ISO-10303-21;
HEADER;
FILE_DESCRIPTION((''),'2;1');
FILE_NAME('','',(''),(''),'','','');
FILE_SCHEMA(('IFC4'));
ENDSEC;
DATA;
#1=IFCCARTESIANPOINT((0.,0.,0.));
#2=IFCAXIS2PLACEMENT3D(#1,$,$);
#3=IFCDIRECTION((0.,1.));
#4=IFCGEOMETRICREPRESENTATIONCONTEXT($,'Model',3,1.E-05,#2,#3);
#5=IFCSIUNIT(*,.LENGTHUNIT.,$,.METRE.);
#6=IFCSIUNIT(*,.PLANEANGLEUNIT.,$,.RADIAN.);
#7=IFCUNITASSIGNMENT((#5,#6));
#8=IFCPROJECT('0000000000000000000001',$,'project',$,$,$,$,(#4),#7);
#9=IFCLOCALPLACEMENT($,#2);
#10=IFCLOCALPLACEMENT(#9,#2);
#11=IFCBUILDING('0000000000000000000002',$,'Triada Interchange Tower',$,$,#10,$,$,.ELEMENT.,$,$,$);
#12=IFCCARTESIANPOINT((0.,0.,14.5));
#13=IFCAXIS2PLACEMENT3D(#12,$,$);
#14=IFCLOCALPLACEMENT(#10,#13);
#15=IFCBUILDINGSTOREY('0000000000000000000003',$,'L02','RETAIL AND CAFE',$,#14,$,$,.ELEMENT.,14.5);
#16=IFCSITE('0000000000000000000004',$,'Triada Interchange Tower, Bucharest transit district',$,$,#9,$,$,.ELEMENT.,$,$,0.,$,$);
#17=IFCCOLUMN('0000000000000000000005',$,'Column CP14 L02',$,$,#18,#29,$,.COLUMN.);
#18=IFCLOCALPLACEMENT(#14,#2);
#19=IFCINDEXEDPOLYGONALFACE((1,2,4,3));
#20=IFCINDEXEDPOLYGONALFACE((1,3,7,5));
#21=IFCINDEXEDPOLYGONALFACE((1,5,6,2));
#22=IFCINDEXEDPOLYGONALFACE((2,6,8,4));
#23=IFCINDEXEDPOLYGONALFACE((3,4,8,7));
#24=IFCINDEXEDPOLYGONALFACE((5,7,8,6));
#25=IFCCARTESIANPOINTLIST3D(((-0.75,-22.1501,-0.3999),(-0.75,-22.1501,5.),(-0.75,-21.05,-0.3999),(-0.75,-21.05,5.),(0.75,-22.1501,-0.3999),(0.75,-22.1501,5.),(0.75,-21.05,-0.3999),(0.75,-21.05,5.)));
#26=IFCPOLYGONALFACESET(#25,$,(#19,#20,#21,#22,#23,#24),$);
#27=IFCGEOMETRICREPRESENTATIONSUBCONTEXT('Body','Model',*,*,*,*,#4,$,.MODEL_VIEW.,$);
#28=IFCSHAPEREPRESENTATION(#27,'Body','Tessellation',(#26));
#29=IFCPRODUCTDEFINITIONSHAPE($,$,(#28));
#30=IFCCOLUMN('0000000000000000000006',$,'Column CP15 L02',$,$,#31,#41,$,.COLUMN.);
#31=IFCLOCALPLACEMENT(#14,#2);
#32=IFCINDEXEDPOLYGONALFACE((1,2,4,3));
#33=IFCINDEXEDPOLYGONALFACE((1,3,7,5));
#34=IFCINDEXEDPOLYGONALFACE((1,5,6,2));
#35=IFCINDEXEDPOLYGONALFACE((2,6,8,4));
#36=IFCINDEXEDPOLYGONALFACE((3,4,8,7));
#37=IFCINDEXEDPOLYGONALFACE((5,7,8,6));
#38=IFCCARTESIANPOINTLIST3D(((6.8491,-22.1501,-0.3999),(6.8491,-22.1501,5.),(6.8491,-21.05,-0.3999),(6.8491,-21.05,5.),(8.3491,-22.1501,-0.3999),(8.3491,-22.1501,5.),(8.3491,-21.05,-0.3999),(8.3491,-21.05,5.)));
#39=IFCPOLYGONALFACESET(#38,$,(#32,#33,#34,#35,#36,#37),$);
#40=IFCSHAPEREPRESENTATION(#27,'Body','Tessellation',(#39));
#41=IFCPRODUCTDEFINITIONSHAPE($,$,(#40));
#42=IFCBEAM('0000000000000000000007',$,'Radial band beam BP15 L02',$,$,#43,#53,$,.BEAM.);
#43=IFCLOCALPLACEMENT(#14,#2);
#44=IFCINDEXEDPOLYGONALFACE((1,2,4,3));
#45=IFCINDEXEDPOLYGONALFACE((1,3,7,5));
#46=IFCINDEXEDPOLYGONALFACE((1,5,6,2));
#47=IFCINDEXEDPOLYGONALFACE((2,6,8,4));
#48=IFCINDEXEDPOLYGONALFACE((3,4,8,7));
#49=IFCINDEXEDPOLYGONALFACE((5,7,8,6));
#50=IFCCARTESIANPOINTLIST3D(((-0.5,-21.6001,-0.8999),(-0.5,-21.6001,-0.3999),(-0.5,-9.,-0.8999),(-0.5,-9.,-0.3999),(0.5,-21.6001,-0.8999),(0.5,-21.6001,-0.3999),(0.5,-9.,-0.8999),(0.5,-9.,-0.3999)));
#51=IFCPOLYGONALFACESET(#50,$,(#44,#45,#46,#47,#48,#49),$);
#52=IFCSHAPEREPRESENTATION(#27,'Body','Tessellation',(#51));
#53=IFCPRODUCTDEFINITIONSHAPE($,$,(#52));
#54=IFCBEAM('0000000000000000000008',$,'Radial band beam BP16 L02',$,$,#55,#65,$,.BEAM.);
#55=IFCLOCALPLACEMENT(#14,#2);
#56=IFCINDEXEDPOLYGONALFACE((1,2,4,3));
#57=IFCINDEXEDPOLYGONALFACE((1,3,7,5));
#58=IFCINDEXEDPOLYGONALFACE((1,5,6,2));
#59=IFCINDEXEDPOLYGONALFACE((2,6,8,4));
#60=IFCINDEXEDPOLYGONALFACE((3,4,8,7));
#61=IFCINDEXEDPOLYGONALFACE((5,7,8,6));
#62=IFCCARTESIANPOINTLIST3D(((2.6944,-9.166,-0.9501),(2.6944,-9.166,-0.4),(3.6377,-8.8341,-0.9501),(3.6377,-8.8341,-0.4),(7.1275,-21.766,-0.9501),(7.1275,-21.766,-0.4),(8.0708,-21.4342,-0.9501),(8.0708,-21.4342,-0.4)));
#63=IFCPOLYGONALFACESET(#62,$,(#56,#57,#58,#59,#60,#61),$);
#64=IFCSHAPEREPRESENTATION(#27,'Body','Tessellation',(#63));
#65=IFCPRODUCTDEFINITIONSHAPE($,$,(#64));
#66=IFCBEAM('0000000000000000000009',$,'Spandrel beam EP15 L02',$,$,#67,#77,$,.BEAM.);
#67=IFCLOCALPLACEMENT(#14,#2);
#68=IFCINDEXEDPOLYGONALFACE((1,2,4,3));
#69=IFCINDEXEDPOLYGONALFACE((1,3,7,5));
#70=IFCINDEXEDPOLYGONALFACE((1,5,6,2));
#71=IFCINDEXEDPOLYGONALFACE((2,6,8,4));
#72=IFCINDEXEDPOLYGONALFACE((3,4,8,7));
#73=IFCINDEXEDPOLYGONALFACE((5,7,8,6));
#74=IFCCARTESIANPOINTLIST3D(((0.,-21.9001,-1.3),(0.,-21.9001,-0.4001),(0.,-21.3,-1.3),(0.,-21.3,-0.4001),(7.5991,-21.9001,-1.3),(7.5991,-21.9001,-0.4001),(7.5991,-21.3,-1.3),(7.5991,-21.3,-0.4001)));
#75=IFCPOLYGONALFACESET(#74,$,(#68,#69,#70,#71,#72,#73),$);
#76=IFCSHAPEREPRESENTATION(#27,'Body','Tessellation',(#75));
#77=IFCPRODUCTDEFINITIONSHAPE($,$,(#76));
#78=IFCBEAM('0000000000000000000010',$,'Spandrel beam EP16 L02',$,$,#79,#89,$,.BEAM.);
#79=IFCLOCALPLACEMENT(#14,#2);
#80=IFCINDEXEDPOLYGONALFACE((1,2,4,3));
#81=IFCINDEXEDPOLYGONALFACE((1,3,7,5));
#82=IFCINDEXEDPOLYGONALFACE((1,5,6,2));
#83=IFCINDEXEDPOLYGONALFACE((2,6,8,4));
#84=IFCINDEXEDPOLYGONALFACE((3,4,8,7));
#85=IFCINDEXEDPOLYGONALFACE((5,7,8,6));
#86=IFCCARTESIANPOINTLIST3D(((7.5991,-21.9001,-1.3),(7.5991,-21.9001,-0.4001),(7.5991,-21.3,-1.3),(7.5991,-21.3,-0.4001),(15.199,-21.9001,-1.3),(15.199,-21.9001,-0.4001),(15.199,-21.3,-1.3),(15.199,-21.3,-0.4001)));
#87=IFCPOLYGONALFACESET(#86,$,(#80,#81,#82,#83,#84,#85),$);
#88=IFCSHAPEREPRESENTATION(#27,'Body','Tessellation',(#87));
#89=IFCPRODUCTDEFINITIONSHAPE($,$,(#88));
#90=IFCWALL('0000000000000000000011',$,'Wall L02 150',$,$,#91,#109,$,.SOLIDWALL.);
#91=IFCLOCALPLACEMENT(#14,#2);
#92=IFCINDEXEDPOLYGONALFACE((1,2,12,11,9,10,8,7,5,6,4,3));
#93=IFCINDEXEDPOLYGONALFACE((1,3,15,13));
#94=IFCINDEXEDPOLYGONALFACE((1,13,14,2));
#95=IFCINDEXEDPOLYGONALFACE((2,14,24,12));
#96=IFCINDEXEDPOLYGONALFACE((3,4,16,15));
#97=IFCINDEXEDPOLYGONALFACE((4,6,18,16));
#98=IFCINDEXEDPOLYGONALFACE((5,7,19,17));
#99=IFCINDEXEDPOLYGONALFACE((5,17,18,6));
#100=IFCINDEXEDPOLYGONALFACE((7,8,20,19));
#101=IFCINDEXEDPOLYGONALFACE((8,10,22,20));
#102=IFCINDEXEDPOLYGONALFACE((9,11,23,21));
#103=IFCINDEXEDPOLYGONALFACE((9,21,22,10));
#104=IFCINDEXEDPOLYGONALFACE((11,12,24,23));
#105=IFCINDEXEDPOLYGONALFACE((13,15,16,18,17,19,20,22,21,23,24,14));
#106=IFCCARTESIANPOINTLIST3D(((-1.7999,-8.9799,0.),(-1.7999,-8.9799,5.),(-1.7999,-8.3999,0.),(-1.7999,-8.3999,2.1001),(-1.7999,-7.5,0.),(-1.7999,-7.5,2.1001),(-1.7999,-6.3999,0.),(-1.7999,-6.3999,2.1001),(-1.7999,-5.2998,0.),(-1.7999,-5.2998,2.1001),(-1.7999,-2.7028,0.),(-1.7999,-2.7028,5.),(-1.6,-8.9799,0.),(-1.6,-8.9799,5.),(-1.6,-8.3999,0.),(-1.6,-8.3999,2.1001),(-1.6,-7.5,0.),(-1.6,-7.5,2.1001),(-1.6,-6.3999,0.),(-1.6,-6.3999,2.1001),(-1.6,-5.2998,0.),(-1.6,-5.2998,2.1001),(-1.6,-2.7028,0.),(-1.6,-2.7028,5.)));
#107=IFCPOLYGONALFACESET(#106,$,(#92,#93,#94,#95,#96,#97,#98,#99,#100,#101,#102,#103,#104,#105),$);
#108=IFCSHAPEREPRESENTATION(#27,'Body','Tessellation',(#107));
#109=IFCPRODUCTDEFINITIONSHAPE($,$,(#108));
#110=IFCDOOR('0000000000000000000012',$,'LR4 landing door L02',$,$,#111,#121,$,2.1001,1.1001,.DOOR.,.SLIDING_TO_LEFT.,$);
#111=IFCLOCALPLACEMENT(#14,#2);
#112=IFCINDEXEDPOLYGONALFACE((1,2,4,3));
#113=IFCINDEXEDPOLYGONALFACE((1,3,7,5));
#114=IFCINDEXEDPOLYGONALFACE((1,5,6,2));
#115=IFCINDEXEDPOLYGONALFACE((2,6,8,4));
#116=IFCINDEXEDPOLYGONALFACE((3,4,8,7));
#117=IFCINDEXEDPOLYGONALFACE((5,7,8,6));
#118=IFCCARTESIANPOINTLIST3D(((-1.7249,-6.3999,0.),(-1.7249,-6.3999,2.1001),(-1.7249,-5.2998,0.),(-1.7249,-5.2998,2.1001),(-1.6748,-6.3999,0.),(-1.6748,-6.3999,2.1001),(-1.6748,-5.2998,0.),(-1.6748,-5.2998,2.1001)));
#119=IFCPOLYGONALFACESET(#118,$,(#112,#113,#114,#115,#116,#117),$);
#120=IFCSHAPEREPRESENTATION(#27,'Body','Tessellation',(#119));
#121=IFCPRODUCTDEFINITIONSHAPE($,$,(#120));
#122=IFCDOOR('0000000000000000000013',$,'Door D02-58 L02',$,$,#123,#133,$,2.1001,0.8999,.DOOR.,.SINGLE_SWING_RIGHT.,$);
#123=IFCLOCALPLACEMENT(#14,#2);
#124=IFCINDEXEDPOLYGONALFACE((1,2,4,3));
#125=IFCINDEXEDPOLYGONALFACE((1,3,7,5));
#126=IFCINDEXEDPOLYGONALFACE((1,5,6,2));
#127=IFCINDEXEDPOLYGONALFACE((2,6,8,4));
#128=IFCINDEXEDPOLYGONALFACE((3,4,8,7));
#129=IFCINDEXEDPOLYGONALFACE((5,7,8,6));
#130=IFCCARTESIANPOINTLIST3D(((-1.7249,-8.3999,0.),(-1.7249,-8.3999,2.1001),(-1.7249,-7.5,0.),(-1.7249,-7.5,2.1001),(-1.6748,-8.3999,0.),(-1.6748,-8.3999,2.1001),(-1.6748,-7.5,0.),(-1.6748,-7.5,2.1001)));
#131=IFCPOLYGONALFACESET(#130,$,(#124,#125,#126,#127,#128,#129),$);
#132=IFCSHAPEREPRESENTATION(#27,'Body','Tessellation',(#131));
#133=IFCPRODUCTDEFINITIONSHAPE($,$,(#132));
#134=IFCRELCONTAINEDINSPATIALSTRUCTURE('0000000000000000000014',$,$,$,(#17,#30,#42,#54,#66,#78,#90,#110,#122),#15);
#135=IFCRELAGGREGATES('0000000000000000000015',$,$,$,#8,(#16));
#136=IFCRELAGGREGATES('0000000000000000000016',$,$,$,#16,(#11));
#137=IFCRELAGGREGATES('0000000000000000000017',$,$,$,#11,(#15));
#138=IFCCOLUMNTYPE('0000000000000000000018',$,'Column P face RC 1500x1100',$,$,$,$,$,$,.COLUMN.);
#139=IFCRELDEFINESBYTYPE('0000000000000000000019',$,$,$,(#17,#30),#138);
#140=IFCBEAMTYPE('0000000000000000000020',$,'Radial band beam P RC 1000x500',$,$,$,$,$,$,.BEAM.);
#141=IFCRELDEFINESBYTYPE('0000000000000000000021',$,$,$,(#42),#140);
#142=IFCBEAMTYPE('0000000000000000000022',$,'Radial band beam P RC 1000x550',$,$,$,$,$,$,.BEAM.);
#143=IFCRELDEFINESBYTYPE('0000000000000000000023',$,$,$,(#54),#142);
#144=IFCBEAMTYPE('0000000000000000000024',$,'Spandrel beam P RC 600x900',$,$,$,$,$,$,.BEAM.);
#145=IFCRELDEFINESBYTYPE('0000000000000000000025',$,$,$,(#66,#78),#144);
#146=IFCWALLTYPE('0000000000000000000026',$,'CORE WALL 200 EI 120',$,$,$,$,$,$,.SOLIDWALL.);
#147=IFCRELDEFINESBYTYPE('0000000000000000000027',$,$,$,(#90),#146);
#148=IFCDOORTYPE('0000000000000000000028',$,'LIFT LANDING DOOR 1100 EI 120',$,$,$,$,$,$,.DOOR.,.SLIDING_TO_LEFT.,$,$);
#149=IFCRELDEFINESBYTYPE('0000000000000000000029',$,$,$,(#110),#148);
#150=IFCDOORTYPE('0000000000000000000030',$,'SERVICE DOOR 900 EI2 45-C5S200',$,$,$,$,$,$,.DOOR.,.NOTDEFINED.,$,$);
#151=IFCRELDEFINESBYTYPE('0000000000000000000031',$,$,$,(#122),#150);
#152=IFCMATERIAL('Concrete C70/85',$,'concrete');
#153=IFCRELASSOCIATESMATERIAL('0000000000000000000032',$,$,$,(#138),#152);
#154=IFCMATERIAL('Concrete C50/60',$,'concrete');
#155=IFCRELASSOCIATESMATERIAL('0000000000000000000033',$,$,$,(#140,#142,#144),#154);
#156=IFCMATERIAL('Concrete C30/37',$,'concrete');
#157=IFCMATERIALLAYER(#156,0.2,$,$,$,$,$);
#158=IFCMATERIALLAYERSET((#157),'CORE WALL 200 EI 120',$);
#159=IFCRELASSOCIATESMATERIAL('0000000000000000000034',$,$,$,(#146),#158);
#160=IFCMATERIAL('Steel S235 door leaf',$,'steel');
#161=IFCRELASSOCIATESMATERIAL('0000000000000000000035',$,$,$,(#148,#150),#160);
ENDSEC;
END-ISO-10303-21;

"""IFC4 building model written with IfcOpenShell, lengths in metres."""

from ifc_helpers import new_model, si_unit, direction, frame, frame_2d, origin, origin_2d, place, context, subcontext, project, spatial, rectangle, extrude, material, layer, layer_set, material_profile, profile_set, type_object, element, fill, save


model = new_model("IFC4")

# Units and contexts
model_context = context("Model", 3, precision=1e-05, world=origin(), true_north=direction((0.0, 1.0)))
body_context = subcontext(model_context, "Body", "Model", "MODEL_VIEW")
ifc_project = project(units=[si_unit("LENGTHUNIT", "METRE"), si_unit("PLANEANGLEUNIT", "RADIAN")], contexts=[model_context])

# Site, building, storey
site_placement = place(None, origin())
site = spatial("IfcSite", under=ifc_project, at=site_placement, Name="Triada Interchange Tower, Bucharest transit district", CompositionType="ELEMENT", RefElevation=0.0)
building_placement = place(site_placement, origin())
building = spatial("IfcBuilding", under=site, at=building_placement, Name="Triada Interchange Tower", CompositionType="ELEMENT")
storey_placement = place(building_placement, frame((0.0, 0.0, 14.5)))
storey = spatial("IfcBuildingStorey", under=building, at=storey_placement, Name="L02", Description="RETAIL AND CAFE", CompositionType="ELEMENT", Elevation=14.5)

# Columns
ifc_material_1 = material(Name="Concrete C70/85", Category="concrete")
ifc_material_profile_1 = material_profile(ifc_material_1, rectangle(XDim=1.5, YDim=1.1001, at=origin_2d()), Name="RC 1500x1100")
ifc_profile_set_1 = profile_set([ifc_material_profile_1], Name="Concrete C70/85")
column_type = type_object("IfcColumnType", Name="Column P face RC 1500x1100", PredefinedType="COLUMN", material=ifc_profile_set_1)
for number, where, z_axis, x_axis, name in (
    (1, (0.0, -21.6001, -0.3999), (0.0, 0.0, 1.0), (1.0, 0.0, 0.0), "Column CP14 L02"),
    (2, (7.5991, -21.6001, -0.3999), (0.0, 0.0, 1.0), (1.0, 0.0, 0.0), "Column CP15 L02"),
):
    element("IfcColumn", number, at=place(storey_placement, frame(where, z_axis=z_axis, x_axis=x_axis)), inside=storey, type_object=column_type, Name=name, PredefinedType="COLUMN", context=body_context, shape_type="SweptSolid", body=[
        extrude(rectangle(XDim=1.5, YDim=1.1001, at=origin_2d()), origin(), (0.0, 0.0, 1.0), 5.3999),
    ])

# Beams
ifc_material_2 = material(Name="Concrete C50/60", Category="concrete")
ifc_material_profile_2 = material_profile(ifc_material_2, rectangle(XDim=1.0, YDim=0.5, at=origin_2d()), Name="RC 1000x500")
ifc_profile_set_2 = profile_set([ifc_material_profile_2], Name="Concrete C50/60")
beam_type_1 = type_object("IfcBeamType", Name="Radial band beam P RC 1000x500", PredefinedType="BEAM", material=ifc_profile_set_2)
beam_1_placement = place(storey_placement, frame((0.0, -21.6001, -0.6499), z_axis=(0.0, 1.0, 0.0), x_axis=(-1.0, 0.0, 0.0)))
element("IfcBeam", 3, at=beam_1_placement, inside=storey, type_object=beam_type_1, Name="Radial band beam BP15 L02", PredefinedType="BEAM", context=body_context, shape_type="SweptSolid", body=[
    extrude(rectangle(XDim=1.0, YDim=0.5, at=origin_2d()), origin(), (0.0, 0.0, 1.0), 12.6001),
])
ifc_material_profile_3 = material_profile(ifc_material_2, rectangle(XDim=1.0, YDim=0.55, at=origin_2d()), Name="RC 1000x550")
ifc_profile_set_3 = profile_set([ifc_material_profile_3], Name="Concrete C50/60")
beam_type_2 = type_object("IfcBeamType", Name="Radial band beam P RC 1000x550", PredefinedType="BEAM", material=ifc_profile_set_3)
beam_2_placement = place(storey_placement, frame((7.5991, -21.6001, -0.675), z_axis=(-0.331889, 0.943319, 0.0), x_axis=(-0.943319, -0.331889, 0.0)))
element("IfcBeam", 4, at=beam_2_placement, inside=storey, type_object=beam_type_2, Name="Radial band beam BP16 L02", PredefinedType="BEAM", context=body_context, shape_type="SweptSolid", body=[
    extrude(rectangle(XDim=1.0, YDim=0.55, at=origin_2d()), origin(), (0.0, 0.0, 1.0), 13.3572),
])
ifc_material_profile_4 = material_profile(ifc_material_2, rectangle(XDim=0.6001, YDim=0.8999, at=origin_2d()), Name="RC 600x900")
ifc_profile_set_4 = profile_set([ifc_material_profile_4], Name="Concrete C50/60")
beam_type_3 = type_object("IfcBeamType", Name="Spandrel beam P RC 600x900", PredefinedType="BEAM", material=ifc_profile_set_4)
beam_3_placement = place(storey_placement, frame((0.0, -21.6001, -0.8501), z_axis=(1.0, 0.0, 0.0), x_axis=(0.0, 1.0, 0.0)))
element("IfcBeam", 5, at=beam_3_placement, inside=storey, type_object=beam_type_3, Name="Spandrel beam EP15 L02", PredefinedType="BEAM", context=body_context, shape_type="SweptSolid", body=[
    extrude(rectangle(XDim=0.6001, YDim=0.8999, at=origin_2d()), origin(), (0.0, 0.0, 1.0), 7.5991),
])
beam_4_placement = place(storey_placement, frame((7.5991, -21.6001, -0.8501), z_axis=(1.0, 0.0, 0.0), x_axis=(0.0, 1.0, 0.0)))
element("IfcBeam", 6, at=beam_4_placement, inside=storey, type_object=beam_type_3, Name="Spandrel beam EP16 L02", PredefinedType="BEAM", context=body_context, shape_type="SweptSolid", body=[
    extrude(rectangle(XDim=0.6001, YDim=0.8999, at=origin_2d()), origin(), (0.0, 0.0, 1.0), 7.5999),
])

# Wall, openings, doors
ifc_material_3 = material(Name="Concrete C30/37", Category="concrete")
ifc_layer_1 = layer(ifc_material_3, 0.2)
ifc_layer_set_1 = layer_set([ifc_layer_1], Name="CORE WALL 200 EI 120")
wall_type_1 = type_object("IfcWallType", Name="CORE WALL 200 EI 120", PredefinedType="SOLIDWALL", material=ifc_layer_set_1)
wall_1_placement = place(storey_placement, frame((-1.7, -8.98, 0.0), z_axis=(0.0, 0.0, 1.0), x_axis=(0.0, 1.0, 0.0)))
wall_1 = element("IfcWall", 7, at=wall_1_placement, inside=storey, type_object=wall_type_1, Name="Wall L02 150", PredefinedType="SOLIDWALL", context=body_context, shape_type="SweptSolid", body=[
    extrude(rectangle(XDim=6.2771, YDim=0.2, at=frame_2d((3.1387, 0.0))), origin(), (0.0, 0.0, 1.0), 5.0),
])
opening_1_placement = place(wall_1_placement, frame((2.5801, 0.0, 0.0)))
opening_1 = element("IfcOpeningElement", 8, at=opening_1_placement, cuts=wall_1, PredefinedType="OPENING", context=body_context, shape_type="SweptSolid", body=[
    extrude(rectangle(XDim=1.1001, YDim=2.1001, at=frame_2d((0.55, 1.05))), frame((0.0, 0.1099, 0.0), z_axis=(0.0, -1.0, 0.0), x_axis=(1.0, 0.0, 0.0)), (0.0, 0.0, 1.0), 0.22),
])
opening_2_placement = place(wall_1_placement, frame((0.5801, 0.0, 0.0)))
opening_2 = element("IfcOpeningElement", 9, at=opening_2_placement, cuts=wall_1, PredefinedType="OPENING", context=body_context, shape_type="SweptSolid", body=[
    extrude(rectangle(XDim=0.8999, YDim=2.1001, at=frame_2d((0.45, 1.05))), frame((0.0, 0.1099, 0.0), z_axis=(0.0, -1.0, 0.0), x_axis=(1.0, 0.0, 0.0)), (0.0, 0.0, 1.0), 0.22),
])
ifc_material_4 = material(Name="Steel S235 door leaf", Category="steel")
door_type_1 = type_object("IfcDoorType", Name="LIFT LANDING DOOR 1100 EI 120", OperationType="SLIDING_TO_LEFT", PredefinedType="DOOR", material=ifc_material_4)
door_1_placement = place(opening_1_placement, origin())
door_1 = element("IfcDoor", 10, at=door_1_placement, inside=storey, type_object=door_type_1, Name="LR4 landing door L02", OperationType="SLIDING_TO_LEFT", OverallHeight=2.1001, OverallWidth=1.1001, PredefinedType="DOOR", context=body_context, shape_type="SweptSolid", body=[
    extrude(rectangle(XDim=1.1001, YDim=2.1001, at=frame_2d((0.55, 1.05))), frame((0.0, 0.0249, 0.0), z_axis=(0.0, -1.0, 0.0), x_axis=(1.0, 0.0, 0.0)), (0.0, 0.0, 1.0), 0.05),
])
fill(opening_1, door_1)
door_type_2 = type_object("IfcDoorType", Name="SERVICE DOOR 900 EI2 45-C5S200", OperationType="NOTDEFINED", PredefinedType="DOOR", material=ifc_material_4)
door_2_placement = place(opening_2_placement, origin())
door_2 = element("IfcDoor", 11, at=door_2_placement, inside=storey, type_object=door_type_2, Name="Door D02-58 L02", OperationType="SINGLE_SWING_RIGHT", OverallHeight=2.1001, OverallWidth=0.8999, PredefinedType="DOOR", context=body_context, shape_type="SweptSolid", body=[
    extrude(rectangle(XDim=0.8999, YDim=2.1001, at=frame_2d((0.45, 1.05))), frame((0.0, 0.0249, 0.0), z_axis=(0.0, -1.0, 0.0), x_axis=(1.0, 0.0, 0.0)), (0.0, 0.0, 1.0), 0.05),
])
fill(opening_2, door_2)

save(model, "model.ifc")
